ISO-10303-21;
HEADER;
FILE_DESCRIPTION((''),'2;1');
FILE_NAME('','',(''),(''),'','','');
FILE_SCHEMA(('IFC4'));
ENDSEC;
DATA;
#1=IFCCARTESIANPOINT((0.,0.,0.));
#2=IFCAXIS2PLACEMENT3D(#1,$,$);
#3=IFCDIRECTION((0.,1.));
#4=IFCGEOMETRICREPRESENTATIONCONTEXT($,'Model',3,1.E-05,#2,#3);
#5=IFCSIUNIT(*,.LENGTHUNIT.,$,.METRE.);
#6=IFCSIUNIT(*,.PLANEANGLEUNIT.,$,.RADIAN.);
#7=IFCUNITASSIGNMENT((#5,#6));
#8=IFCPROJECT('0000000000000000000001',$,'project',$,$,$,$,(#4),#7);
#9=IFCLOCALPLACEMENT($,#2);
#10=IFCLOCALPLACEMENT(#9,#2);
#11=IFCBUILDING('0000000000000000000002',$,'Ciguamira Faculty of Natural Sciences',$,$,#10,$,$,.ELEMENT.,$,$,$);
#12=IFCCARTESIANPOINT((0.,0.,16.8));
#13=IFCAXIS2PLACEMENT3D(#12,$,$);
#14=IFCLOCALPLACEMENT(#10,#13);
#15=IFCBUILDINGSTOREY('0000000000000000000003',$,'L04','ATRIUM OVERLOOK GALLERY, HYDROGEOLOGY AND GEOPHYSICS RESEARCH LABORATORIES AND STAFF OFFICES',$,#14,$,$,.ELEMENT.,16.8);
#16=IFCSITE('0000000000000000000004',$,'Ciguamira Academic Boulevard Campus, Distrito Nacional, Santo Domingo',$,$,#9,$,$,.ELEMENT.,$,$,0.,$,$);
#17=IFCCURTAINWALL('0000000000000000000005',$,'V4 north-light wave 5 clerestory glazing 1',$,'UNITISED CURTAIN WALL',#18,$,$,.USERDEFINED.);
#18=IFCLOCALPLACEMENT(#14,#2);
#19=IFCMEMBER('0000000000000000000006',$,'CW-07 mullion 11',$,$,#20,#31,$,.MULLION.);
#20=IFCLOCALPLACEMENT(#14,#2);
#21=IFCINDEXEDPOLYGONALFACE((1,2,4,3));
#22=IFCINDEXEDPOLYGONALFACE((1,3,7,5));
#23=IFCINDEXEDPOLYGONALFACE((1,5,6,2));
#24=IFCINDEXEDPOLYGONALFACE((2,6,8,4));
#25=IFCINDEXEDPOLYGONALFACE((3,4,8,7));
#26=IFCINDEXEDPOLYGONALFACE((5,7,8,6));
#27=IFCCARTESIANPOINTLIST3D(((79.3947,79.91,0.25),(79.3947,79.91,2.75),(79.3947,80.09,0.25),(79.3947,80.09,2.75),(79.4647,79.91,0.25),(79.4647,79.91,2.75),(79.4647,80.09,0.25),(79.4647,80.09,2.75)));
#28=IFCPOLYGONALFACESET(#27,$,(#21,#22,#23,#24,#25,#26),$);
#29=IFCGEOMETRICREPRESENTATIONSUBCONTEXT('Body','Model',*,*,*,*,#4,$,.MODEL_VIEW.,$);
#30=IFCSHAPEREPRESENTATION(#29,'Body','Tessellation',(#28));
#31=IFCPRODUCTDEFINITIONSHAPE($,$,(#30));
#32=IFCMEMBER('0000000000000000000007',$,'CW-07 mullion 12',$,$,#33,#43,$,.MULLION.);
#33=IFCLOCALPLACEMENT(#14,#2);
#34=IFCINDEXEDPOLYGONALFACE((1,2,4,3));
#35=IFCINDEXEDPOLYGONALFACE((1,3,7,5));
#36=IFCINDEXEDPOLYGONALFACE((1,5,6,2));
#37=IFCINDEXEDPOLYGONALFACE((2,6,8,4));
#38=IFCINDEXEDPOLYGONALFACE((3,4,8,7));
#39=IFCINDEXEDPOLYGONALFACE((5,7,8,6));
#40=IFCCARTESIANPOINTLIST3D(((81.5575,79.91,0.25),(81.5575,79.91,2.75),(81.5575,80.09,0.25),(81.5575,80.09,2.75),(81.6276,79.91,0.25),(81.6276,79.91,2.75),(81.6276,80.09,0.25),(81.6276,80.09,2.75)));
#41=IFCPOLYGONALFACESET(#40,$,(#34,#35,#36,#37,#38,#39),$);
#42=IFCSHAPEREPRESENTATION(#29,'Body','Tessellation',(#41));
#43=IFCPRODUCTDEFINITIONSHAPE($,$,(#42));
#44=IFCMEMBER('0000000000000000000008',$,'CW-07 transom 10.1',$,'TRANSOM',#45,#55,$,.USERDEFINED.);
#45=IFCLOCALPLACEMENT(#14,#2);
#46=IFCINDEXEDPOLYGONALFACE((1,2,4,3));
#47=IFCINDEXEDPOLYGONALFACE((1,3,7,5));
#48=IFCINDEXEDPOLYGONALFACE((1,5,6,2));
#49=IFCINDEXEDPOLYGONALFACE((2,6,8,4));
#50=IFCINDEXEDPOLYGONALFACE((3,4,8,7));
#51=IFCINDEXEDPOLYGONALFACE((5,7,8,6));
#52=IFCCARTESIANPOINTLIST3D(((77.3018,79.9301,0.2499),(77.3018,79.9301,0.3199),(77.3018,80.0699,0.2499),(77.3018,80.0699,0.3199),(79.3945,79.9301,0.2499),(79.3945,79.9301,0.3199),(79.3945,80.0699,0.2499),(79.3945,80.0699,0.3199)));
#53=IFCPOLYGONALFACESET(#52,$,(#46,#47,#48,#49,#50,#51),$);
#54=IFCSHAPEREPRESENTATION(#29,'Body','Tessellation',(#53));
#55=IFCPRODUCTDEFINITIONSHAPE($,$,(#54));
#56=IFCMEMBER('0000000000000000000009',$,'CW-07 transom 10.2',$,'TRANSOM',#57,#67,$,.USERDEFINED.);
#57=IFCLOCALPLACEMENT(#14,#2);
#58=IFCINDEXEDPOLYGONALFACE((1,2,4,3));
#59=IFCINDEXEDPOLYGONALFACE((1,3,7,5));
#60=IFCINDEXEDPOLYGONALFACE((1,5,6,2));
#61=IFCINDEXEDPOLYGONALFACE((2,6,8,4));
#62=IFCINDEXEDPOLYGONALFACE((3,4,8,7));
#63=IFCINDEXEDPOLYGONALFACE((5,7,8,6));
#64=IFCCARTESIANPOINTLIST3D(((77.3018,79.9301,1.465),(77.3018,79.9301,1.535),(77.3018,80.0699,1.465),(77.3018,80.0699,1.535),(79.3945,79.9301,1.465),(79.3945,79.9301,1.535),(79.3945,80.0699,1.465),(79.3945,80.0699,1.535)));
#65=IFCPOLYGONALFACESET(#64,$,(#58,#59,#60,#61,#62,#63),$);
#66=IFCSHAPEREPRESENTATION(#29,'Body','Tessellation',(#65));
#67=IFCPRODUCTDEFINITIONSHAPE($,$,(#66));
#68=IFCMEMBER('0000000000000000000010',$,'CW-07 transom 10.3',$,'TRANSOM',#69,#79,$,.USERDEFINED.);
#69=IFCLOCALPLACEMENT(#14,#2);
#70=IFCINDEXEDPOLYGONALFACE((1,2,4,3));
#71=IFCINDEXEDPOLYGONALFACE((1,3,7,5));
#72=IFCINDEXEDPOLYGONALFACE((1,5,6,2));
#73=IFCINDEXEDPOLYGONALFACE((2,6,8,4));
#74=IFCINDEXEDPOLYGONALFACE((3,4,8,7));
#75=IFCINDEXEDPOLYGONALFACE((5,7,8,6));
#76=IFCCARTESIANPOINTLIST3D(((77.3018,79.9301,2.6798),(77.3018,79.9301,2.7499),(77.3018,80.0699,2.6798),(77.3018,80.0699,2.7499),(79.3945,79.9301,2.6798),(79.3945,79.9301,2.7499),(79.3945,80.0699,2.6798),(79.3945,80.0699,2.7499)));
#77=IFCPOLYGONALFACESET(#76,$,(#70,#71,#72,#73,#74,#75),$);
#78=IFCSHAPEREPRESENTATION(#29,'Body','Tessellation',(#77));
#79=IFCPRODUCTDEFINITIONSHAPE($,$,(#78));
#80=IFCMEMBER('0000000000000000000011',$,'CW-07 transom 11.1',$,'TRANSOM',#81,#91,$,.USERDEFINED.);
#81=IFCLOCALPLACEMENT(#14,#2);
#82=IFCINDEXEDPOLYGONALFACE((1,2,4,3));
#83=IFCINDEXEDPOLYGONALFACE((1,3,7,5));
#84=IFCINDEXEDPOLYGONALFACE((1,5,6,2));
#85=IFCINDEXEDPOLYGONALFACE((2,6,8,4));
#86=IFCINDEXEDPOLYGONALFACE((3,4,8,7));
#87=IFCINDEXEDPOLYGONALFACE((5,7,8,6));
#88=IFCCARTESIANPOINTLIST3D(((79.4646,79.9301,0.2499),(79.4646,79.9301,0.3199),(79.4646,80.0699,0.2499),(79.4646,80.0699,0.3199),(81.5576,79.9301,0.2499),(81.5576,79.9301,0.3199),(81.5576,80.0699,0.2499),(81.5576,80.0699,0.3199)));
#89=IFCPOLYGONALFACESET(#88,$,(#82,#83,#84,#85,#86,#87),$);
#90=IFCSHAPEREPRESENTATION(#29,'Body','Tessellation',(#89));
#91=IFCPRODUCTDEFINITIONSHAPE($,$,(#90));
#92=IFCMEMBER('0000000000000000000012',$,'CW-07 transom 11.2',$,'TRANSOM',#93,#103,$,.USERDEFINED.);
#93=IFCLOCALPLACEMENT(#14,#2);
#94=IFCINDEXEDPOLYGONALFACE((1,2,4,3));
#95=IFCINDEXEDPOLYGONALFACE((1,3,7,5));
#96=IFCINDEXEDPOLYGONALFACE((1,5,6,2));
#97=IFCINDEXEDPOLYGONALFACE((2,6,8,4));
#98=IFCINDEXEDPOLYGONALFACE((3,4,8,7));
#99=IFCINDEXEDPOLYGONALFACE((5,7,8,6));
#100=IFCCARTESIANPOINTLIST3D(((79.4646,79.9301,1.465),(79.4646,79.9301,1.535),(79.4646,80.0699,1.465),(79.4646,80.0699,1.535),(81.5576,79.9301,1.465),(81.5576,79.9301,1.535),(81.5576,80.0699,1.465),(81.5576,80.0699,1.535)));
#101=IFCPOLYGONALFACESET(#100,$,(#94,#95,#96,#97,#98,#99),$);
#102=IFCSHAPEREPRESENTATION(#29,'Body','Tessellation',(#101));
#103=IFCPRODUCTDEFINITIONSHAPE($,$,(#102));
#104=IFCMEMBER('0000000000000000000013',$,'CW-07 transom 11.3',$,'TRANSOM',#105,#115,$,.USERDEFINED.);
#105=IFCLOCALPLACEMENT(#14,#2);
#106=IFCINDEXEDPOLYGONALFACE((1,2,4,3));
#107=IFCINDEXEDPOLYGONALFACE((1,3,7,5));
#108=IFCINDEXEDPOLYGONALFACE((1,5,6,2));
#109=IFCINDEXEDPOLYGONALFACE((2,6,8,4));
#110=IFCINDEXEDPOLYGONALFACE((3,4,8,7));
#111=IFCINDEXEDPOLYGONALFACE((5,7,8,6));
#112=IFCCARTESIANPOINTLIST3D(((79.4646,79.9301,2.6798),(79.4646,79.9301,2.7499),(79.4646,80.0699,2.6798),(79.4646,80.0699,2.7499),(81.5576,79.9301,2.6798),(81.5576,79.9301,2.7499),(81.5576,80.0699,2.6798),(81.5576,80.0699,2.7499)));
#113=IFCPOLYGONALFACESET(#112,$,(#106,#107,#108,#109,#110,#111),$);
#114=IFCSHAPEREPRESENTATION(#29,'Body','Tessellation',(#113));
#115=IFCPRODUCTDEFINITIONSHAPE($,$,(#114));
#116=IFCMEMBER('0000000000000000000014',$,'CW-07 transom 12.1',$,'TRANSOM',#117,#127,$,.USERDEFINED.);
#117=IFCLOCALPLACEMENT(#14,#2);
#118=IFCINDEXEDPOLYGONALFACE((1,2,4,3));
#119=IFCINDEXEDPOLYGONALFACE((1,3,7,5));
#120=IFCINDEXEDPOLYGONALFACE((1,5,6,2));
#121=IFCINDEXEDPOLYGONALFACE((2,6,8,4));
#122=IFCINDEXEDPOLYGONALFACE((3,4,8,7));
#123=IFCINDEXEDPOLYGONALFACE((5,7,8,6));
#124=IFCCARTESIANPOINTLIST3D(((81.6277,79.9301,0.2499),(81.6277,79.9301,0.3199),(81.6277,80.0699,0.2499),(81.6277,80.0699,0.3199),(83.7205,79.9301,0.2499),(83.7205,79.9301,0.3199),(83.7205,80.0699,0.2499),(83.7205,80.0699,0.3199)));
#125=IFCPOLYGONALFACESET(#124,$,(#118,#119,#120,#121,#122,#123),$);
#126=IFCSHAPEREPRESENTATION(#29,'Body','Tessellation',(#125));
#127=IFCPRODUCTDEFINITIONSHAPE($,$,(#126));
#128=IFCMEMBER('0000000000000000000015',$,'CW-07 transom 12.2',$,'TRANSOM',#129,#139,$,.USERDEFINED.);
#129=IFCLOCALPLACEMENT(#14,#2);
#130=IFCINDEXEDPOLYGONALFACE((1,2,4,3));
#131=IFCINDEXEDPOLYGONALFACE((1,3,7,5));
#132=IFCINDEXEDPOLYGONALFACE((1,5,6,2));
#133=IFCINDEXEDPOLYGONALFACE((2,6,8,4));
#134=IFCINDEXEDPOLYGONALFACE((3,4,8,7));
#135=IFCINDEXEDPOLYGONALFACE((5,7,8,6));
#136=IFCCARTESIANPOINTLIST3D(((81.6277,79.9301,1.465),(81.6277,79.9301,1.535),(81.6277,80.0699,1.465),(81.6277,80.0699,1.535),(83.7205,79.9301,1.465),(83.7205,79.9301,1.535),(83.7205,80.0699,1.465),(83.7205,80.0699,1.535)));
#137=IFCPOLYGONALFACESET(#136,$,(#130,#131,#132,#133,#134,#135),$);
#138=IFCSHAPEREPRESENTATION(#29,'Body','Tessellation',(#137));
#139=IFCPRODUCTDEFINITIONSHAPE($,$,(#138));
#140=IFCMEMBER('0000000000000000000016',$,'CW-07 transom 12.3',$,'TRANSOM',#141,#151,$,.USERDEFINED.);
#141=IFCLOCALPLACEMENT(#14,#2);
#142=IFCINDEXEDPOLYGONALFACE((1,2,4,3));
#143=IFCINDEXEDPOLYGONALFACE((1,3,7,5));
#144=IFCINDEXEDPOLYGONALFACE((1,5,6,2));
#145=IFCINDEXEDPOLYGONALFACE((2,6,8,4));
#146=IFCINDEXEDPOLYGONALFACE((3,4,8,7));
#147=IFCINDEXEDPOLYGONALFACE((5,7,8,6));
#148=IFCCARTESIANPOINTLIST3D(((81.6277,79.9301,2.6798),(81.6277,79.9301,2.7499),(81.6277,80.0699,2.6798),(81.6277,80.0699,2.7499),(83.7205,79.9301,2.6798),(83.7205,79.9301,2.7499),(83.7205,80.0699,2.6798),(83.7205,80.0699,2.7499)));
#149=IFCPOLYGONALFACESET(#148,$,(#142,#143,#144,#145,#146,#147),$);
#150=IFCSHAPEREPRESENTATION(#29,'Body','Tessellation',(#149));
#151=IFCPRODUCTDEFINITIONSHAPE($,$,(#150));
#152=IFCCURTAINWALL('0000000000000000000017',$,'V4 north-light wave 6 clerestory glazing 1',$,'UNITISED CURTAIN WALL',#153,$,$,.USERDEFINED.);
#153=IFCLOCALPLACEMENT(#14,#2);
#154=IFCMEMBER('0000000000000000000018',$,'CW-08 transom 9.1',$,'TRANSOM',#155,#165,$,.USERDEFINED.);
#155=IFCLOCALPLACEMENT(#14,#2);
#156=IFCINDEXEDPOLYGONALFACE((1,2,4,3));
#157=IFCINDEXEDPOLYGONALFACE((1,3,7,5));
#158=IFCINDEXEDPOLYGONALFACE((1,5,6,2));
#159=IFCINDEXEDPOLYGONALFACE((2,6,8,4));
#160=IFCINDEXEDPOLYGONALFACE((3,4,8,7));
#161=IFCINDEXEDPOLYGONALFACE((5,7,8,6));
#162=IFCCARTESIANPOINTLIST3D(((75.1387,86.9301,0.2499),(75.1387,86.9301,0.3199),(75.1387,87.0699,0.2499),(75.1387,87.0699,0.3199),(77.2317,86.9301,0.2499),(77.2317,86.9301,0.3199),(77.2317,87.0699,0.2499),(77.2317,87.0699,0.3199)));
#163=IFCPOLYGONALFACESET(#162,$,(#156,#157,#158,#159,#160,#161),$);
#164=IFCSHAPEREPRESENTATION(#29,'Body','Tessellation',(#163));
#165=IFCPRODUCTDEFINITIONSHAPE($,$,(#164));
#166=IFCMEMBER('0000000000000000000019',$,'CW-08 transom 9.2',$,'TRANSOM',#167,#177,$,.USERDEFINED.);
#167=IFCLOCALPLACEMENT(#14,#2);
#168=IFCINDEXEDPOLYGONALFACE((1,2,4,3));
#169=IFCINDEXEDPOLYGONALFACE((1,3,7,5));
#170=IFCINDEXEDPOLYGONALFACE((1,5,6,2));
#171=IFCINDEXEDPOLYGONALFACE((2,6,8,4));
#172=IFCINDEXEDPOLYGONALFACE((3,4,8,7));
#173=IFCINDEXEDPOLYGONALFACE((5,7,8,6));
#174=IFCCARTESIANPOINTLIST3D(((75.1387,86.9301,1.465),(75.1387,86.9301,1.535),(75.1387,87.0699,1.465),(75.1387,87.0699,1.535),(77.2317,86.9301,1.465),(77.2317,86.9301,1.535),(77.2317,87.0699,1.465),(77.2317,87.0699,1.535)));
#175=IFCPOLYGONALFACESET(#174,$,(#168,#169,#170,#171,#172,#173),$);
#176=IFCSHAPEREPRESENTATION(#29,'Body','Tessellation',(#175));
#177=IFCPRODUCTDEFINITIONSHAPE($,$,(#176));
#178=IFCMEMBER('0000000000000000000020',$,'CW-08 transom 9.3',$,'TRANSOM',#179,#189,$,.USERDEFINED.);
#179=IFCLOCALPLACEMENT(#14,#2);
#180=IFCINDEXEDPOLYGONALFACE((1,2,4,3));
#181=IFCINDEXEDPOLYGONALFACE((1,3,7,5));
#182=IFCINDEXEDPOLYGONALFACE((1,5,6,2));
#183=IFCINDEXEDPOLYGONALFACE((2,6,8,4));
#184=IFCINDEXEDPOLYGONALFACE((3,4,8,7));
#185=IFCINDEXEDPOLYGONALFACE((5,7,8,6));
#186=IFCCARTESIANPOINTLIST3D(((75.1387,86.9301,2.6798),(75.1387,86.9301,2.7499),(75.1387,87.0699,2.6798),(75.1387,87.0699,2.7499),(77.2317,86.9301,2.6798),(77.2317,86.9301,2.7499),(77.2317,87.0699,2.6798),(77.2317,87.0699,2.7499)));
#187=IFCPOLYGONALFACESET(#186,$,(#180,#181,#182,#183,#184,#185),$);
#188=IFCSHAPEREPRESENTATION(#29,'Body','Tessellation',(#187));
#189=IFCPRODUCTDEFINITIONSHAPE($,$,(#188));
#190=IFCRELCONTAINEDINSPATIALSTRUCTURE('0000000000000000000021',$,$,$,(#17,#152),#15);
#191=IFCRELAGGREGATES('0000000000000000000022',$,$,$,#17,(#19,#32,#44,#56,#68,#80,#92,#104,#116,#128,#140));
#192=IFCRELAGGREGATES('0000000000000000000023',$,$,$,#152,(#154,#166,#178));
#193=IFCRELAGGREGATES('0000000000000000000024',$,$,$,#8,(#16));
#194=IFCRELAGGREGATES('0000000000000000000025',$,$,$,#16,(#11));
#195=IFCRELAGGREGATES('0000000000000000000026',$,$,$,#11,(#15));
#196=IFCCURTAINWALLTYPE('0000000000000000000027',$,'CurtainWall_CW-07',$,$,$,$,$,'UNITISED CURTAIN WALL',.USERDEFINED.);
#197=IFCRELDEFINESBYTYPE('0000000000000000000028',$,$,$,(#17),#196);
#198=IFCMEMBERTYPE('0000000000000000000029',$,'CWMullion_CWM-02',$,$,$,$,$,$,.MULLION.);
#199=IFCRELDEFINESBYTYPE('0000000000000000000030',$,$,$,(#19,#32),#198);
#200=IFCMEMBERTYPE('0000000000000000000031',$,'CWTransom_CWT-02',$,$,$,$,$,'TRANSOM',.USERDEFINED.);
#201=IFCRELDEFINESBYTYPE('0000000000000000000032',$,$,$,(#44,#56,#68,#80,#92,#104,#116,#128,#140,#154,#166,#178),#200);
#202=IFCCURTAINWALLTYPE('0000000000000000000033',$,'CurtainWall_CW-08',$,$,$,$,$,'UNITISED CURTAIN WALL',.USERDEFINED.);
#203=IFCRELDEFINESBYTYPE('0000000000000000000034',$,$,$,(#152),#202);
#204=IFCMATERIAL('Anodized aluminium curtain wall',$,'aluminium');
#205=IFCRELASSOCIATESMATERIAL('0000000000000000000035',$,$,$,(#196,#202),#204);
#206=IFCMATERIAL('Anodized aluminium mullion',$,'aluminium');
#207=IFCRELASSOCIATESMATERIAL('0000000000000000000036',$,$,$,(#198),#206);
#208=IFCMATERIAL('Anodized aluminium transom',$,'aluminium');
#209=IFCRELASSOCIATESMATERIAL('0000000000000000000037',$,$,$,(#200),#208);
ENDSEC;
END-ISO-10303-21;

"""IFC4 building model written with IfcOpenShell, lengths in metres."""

from ifc_helpers import new_model, si_unit, direction, frame, origin, origin_2d, place, context, subcontext, project, spatial, rectangle, extrude, material, material_profile, profile_set, type_object, element, aggregate, save


model = new_model("IFC4")

# Units and contexts
model_context = context("Model", 3, precision=1e-05, world=origin(), true_north=direction((0.0, 1.0)))
body_context = subcontext(model_context, "Body", "Model", "MODEL_VIEW")
ifc_project = project(units=[si_unit("LENGTHUNIT", "METRE"), si_unit("PLANEANGLEUNIT", "RADIAN")], contexts=[model_context])

# Site, building, storey
site_placement = place(None, origin())
site = spatial("IfcSite", under=ifc_project, at=site_placement, Name="Ciguamira Academic Boulevard Campus, Distrito Nacional, Santo Domingo", CompositionType="ELEMENT", RefElevation=0.0)
building_placement = place(site_placement, origin())
building = spatial("IfcBuilding", under=site, at=building_placement, Name="Ciguamira Faculty of Natural Sciences", CompositionType="ELEMENT")
storey_placement = place(building_placement, frame((0.0, 0.0, 16.8)))
storey = spatial("IfcBuildingStorey", under=building, at=storey_placement, Name="L04", Description="ATRIUM OVERLOOK GALLERY, HYDROGEOLOGY AND GEOPHYSICS RESEARCH LABORATORIES AND STAFF OFFICES", CompositionType="ELEMENT", Elevation=16.8)

# Curtain walls, members
ifc_material_1 = material(Name="Anodized aluminium curtain wall", Category="aluminium")
curtain_wall_type_1 = type_object("IfcCurtainWallType", Name="CurtainWall_CW-07", ElementType="UNITISED CURTAIN WALL", PredefinedType="USERDEFINED", material=ifc_material_1)
curtain_wall_1_placement = place(storey_placement, origin())
curtain_wall_1 = element("IfcCurtainWall", 1, at=curtain_wall_1_placement, inside=storey, type_object=curtain_wall_type_1, Name="V4 north-light wave 5 clerestory glazing 1", ObjectType="UNITISED CURTAIN WALL", PredefinedType="USERDEFINED")
ifc_material_2 = material(Name="Anodized aluminium mullion", Category="aluminium")
ifc_material_profile_1 = material_profile(ifc_material_2, rectangle(XDim=0.0701, YDim=0.1799, at=origin_2d()), Name="ALU-MUL-70X180")
ifc_profile_set_1 = profile_set([ifc_material_profile_1], Name="Anodized aluminium mullion")
member_type_1 = type_object("IfcMemberType", Name="CWMullion_CWM-02", PredefinedType="MULLION", material=ifc_profile_set_1)
member_1_placement = place(storey_placement, frame((79.4297, 80.0, 0.25), z_axis=(0.0, 0.0, 1.0), x_axis=(1.0, 0.0, 0.0)))
member_1 = element("IfcMember", 2, at=member_1_placement, type_object=member_type_1, Name="CW-07 mullion 11", PredefinedType="MULLION", context=body_context, shape_type="SweptSolid", body=[
    extrude(rectangle(XDim=0.0701, YDim=0.1799, at=origin_2d()), origin(), (0.0, 0.0, 1.0), 2.5),
])
member_2_placement = place(storey_placement, frame((81.5925, 80.0, 0.25), z_axis=(0.0, 0.0, 1.0), x_axis=(1.0, 0.0, 0.0)))
member_2 = element("IfcMember", 3, at=member_2_placement, type_object=member_type_1, Name="CW-07 mullion 12", PredefinedType="MULLION", context=body_context, shape_type="SweptSolid", body=[
    extrude(rectangle(XDim=0.0701, YDim=0.1799, at=origin_2d()), origin(), (0.0, 0.0, 1.0), 2.5),
])
ifc_material_3 = material(Name="Anodized aluminium transom", Category="aluminium")
ifc_material_profile_2 = material_profile(ifc_material_3, rectangle(XDim=0.0701, YDim=0.1399, at=origin_2d()), Name="ALU-TRN-70X140")
ifc_profile_set_2 = profile_set([ifc_material_profile_2], Name="Anodized aluminium transom")
member_type_2 = type_object("IfcMemberType", Name="CWTransom_CWT-02", ElementType="TRANSOM", PredefinedType="USERDEFINED", material=ifc_profile_set_2)
member_3_placement = place(storey_placement, frame((77.3018, 80.0, 0.2849), z_axis=(1.0, 0.0, 0.0), x_axis=(0.0, 0.0, 1.0)))
member_3 = element("IfcMember", 4, at=member_3_placement, type_object=member_type_2, Name="CW-07 transom 10.1", ObjectType="TRANSOM", PredefinedType="USERDEFINED", context=body_context, shape_type="SweptSolid", body=[
    extrude(rectangle(XDim=0.0701, YDim=0.1399, at=origin_2d()), origin(), (0.0, 0.0, 1.0), 2.0928),
])
member_4_placement = place(storey_placement, frame((77.3018, 80.0, 1.5), z_axis=(1.0, 0.0, 0.0), x_axis=(0.0, 0.0, 1.0)))
member_4 = element("IfcMember", 5, at=member_4_placement, type_object=member_type_2, Name="CW-07 transom 10.2", ObjectType="TRANSOM", PredefinedType="USERDEFINED", context=body_context, shape_type="SweptSolid", body=[
    extrude(rectangle(XDim=0.0701, YDim=0.1399, at=origin_2d()), origin(), (0.0, 0.0, 1.0), 2.0928),
])
member_5_placement = place(storey_placement, frame((77.3018, 80.0, 2.7148), z_axis=(1.0, 0.0, 0.0), x_axis=(0.0, 0.0, 1.0)))
member_5 = element("IfcMember", 6, at=member_5_placement, type_object=member_type_2, Name="CW-07 transom 10.3", ObjectType="TRANSOM", PredefinedType="USERDEFINED", context=body_context, shape_type="SweptSolid", body=[
    extrude(rectangle(XDim=0.0701, YDim=0.1399, at=origin_2d()), origin(), (0.0, 0.0, 1.0), 2.0928),
])
member_6_placement = place(storey_placement, frame((79.4646, 80.0, 0.2849), z_axis=(1.0, 0.0, 0.0), x_axis=(0.0, 0.0, 1.0)))
member_6 = element("IfcMember", 7, at=member_6_placement, type_object=member_type_2, Name="CW-07 transom 11.1", ObjectType="TRANSOM", PredefinedType="USERDEFINED", context=body_context, shape_type="SweptSolid", body=[
    extrude(rectangle(XDim=0.0701, YDim=0.1399, at=origin_2d()), origin(), (0.0, 0.0, 1.0), 2.093),
])
member_7_placement = place(storey_placement, frame((79.4646, 80.0, 1.5), z_axis=(1.0, 0.0, 0.0), x_axis=(0.0, 0.0, 1.0)))
member_7 = element("IfcMember", 8, at=member_7_placement, type_object=member_type_2, Name="CW-07 transom 11.2", ObjectType="TRANSOM", PredefinedType="USERDEFINED", context=body_context, shape_type="SweptSolid", body=[
    extrude(rectangle(XDim=0.0701, YDim=0.1399, at=origin_2d()), origin(), (0.0, 0.0, 1.0), 2.093),
])
member_8_placement = place(storey_placement, frame((79.4646, 80.0, 2.7148), z_axis=(1.0, 0.0, 0.0), x_axis=(0.0, 0.0, 1.0)))
member_8 = element("IfcMember", 9, at=member_8_placement, type_object=member_type_2, Name="CW-07 transom 11.3", ObjectType="TRANSOM", PredefinedType="USERDEFINED", context=body_context, shape_type="SweptSolid", body=[
    extrude(rectangle(XDim=0.0701, YDim=0.1399, at=origin_2d()), origin(), (0.0, 0.0, 1.0), 2.093),
])
member_9_placement = place(storey_placement, frame((81.6277, 80.0, 0.2849), z_axis=(1.0, 0.0, 0.0), x_axis=(0.0, 0.0, 1.0)))
member_9 = element("IfcMember", 10, at=member_9_placement, type_object=member_type_2, Name="CW-07 transom 12.1", ObjectType="TRANSOM", PredefinedType="USERDEFINED", context=body_context, shape_type="SweptSolid", body=[
    extrude(rectangle(XDim=0.0701, YDim=0.1399, at=origin_2d()), origin(), (0.0, 0.0, 1.0), 2.0928),
])
member_10_placement = place(storey_placement, frame((81.6277, 80.0, 1.5), z_axis=(1.0, 0.0, 0.0), x_axis=(0.0, 0.0, 1.0)))
member_10 = element("IfcMember", 11, at=member_10_placement, type_object=member_type_2, Name="CW-07 transom 12.2", ObjectType="TRANSOM", PredefinedType="USERDEFINED", context=body_context, shape_type="SweptSolid", body=[
    extrude(rectangle(XDim=0.0701, YDim=0.1399, at=origin_2d()), origin(), (0.0, 0.0, 1.0), 2.0928),
])
member_11_placement = place(storey_placement, frame((81.6277, 80.0, 2.7148), z_axis=(1.0, 0.0, 0.0), x_axis=(0.0, 0.0, 1.0)))
member_11 = element("IfcMember", 12, at=member_11_placement, type_object=member_type_2, Name="CW-07 transom 12.3", ObjectType="TRANSOM", PredefinedType="USERDEFINED", context=body_context, shape_type="SweptSolid", body=[
    extrude(rectangle(XDim=0.0701, YDim=0.1399, at=origin_2d()), origin(), (0.0, 0.0, 1.0), 2.0928),
])
curtain_wall_type_2 = type_object("IfcCurtainWallType", Name="CurtainWall_CW-08", ElementType="UNITISED CURTAIN WALL", PredefinedType="USERDEFINED", material=ifc_material_1)
curtain_wall_2_placement = place(storey_placement, origin())
curtain_wall_2 = element("IfcCurtainWall", 13, at=curtain_wall_2_placement, inside=storey, type_object=curtain_wall_type_2, Name="V4 north-light wave 6 clerestory glazing 1", ObjectType="UNITISED CURTAIN WALL", PredefinedType="USERDEFINED")
member_12_placement = place(storey_placement, frame((75.1387, 87.0, 0.2849), z_axis=(1.0, 0.0, 0.0), x_axis=(0.0, 0.0, 1.0)))
member_12 = element("IfcMember", 14, at=member_12_placement, type_object=member_type_2, Name="CW-08 transom 9.1", ObjectType="TRANSOM", PredefinedType="USERDEFINED", context=body_context, shape_type="SweptSolid", body=[
    extrude(rectangle(XDim=0.0701, YDim=0.1399, at=origin_2d()), origin(), (0.0, 0.0, 1.0), 2.093),
])
member_13_placement = place(storey_placement, frame((75.1387, 87.0, 1.5), z_axis=(1.0, 0.0, 0.0), x_axis=(0.0, 0.0, 1.0)))
member_13 = element("IfcMember", 15, at=member_13_placement, type_object=member_type_2, Name="CW-08 transom 9.2", ObjectType="TRANSOM", PredefinedType="USERDEFINED", context=body_context, shape_type="SweptSolid", body=[
    extrude(rectangle(XDim=0.0701, YDim=0.1399, at=origin_2d()), origin(), (0.0, 0.0, 1.0), 2.093),
])
member_14_placement = place(storey_placement, frame((75.1387, 87.0, 2.7148), z_axis=(1.0, 0.0, 0.0), x_axis=(0.0, 0.0, 1.0)))
member_14 = element("IfcMember", 16, at=member_14_placement, type_object=member_type_2, Name="CW-08 transom 9.3", ObjectType="TRANSOM", PredefinedType="USERDEFINED", context=body_context, shape_type="SweptSolid", body=[
    extrude(rectangle(XDim=0.0701, YDim=0.1399, at=origin_2d()), origin(), (0.0, 0.0, 1.0), 2.093),
])

aggregate(curtain_wall_1, [member_1, member_2, member_3, member_4, member_5, member_6, member_7, member_8, member_9, member_10, member_11])
aggregate(curtain_wall_2, [member_12, member_13, member_14])

save(model, "model.ifc")
